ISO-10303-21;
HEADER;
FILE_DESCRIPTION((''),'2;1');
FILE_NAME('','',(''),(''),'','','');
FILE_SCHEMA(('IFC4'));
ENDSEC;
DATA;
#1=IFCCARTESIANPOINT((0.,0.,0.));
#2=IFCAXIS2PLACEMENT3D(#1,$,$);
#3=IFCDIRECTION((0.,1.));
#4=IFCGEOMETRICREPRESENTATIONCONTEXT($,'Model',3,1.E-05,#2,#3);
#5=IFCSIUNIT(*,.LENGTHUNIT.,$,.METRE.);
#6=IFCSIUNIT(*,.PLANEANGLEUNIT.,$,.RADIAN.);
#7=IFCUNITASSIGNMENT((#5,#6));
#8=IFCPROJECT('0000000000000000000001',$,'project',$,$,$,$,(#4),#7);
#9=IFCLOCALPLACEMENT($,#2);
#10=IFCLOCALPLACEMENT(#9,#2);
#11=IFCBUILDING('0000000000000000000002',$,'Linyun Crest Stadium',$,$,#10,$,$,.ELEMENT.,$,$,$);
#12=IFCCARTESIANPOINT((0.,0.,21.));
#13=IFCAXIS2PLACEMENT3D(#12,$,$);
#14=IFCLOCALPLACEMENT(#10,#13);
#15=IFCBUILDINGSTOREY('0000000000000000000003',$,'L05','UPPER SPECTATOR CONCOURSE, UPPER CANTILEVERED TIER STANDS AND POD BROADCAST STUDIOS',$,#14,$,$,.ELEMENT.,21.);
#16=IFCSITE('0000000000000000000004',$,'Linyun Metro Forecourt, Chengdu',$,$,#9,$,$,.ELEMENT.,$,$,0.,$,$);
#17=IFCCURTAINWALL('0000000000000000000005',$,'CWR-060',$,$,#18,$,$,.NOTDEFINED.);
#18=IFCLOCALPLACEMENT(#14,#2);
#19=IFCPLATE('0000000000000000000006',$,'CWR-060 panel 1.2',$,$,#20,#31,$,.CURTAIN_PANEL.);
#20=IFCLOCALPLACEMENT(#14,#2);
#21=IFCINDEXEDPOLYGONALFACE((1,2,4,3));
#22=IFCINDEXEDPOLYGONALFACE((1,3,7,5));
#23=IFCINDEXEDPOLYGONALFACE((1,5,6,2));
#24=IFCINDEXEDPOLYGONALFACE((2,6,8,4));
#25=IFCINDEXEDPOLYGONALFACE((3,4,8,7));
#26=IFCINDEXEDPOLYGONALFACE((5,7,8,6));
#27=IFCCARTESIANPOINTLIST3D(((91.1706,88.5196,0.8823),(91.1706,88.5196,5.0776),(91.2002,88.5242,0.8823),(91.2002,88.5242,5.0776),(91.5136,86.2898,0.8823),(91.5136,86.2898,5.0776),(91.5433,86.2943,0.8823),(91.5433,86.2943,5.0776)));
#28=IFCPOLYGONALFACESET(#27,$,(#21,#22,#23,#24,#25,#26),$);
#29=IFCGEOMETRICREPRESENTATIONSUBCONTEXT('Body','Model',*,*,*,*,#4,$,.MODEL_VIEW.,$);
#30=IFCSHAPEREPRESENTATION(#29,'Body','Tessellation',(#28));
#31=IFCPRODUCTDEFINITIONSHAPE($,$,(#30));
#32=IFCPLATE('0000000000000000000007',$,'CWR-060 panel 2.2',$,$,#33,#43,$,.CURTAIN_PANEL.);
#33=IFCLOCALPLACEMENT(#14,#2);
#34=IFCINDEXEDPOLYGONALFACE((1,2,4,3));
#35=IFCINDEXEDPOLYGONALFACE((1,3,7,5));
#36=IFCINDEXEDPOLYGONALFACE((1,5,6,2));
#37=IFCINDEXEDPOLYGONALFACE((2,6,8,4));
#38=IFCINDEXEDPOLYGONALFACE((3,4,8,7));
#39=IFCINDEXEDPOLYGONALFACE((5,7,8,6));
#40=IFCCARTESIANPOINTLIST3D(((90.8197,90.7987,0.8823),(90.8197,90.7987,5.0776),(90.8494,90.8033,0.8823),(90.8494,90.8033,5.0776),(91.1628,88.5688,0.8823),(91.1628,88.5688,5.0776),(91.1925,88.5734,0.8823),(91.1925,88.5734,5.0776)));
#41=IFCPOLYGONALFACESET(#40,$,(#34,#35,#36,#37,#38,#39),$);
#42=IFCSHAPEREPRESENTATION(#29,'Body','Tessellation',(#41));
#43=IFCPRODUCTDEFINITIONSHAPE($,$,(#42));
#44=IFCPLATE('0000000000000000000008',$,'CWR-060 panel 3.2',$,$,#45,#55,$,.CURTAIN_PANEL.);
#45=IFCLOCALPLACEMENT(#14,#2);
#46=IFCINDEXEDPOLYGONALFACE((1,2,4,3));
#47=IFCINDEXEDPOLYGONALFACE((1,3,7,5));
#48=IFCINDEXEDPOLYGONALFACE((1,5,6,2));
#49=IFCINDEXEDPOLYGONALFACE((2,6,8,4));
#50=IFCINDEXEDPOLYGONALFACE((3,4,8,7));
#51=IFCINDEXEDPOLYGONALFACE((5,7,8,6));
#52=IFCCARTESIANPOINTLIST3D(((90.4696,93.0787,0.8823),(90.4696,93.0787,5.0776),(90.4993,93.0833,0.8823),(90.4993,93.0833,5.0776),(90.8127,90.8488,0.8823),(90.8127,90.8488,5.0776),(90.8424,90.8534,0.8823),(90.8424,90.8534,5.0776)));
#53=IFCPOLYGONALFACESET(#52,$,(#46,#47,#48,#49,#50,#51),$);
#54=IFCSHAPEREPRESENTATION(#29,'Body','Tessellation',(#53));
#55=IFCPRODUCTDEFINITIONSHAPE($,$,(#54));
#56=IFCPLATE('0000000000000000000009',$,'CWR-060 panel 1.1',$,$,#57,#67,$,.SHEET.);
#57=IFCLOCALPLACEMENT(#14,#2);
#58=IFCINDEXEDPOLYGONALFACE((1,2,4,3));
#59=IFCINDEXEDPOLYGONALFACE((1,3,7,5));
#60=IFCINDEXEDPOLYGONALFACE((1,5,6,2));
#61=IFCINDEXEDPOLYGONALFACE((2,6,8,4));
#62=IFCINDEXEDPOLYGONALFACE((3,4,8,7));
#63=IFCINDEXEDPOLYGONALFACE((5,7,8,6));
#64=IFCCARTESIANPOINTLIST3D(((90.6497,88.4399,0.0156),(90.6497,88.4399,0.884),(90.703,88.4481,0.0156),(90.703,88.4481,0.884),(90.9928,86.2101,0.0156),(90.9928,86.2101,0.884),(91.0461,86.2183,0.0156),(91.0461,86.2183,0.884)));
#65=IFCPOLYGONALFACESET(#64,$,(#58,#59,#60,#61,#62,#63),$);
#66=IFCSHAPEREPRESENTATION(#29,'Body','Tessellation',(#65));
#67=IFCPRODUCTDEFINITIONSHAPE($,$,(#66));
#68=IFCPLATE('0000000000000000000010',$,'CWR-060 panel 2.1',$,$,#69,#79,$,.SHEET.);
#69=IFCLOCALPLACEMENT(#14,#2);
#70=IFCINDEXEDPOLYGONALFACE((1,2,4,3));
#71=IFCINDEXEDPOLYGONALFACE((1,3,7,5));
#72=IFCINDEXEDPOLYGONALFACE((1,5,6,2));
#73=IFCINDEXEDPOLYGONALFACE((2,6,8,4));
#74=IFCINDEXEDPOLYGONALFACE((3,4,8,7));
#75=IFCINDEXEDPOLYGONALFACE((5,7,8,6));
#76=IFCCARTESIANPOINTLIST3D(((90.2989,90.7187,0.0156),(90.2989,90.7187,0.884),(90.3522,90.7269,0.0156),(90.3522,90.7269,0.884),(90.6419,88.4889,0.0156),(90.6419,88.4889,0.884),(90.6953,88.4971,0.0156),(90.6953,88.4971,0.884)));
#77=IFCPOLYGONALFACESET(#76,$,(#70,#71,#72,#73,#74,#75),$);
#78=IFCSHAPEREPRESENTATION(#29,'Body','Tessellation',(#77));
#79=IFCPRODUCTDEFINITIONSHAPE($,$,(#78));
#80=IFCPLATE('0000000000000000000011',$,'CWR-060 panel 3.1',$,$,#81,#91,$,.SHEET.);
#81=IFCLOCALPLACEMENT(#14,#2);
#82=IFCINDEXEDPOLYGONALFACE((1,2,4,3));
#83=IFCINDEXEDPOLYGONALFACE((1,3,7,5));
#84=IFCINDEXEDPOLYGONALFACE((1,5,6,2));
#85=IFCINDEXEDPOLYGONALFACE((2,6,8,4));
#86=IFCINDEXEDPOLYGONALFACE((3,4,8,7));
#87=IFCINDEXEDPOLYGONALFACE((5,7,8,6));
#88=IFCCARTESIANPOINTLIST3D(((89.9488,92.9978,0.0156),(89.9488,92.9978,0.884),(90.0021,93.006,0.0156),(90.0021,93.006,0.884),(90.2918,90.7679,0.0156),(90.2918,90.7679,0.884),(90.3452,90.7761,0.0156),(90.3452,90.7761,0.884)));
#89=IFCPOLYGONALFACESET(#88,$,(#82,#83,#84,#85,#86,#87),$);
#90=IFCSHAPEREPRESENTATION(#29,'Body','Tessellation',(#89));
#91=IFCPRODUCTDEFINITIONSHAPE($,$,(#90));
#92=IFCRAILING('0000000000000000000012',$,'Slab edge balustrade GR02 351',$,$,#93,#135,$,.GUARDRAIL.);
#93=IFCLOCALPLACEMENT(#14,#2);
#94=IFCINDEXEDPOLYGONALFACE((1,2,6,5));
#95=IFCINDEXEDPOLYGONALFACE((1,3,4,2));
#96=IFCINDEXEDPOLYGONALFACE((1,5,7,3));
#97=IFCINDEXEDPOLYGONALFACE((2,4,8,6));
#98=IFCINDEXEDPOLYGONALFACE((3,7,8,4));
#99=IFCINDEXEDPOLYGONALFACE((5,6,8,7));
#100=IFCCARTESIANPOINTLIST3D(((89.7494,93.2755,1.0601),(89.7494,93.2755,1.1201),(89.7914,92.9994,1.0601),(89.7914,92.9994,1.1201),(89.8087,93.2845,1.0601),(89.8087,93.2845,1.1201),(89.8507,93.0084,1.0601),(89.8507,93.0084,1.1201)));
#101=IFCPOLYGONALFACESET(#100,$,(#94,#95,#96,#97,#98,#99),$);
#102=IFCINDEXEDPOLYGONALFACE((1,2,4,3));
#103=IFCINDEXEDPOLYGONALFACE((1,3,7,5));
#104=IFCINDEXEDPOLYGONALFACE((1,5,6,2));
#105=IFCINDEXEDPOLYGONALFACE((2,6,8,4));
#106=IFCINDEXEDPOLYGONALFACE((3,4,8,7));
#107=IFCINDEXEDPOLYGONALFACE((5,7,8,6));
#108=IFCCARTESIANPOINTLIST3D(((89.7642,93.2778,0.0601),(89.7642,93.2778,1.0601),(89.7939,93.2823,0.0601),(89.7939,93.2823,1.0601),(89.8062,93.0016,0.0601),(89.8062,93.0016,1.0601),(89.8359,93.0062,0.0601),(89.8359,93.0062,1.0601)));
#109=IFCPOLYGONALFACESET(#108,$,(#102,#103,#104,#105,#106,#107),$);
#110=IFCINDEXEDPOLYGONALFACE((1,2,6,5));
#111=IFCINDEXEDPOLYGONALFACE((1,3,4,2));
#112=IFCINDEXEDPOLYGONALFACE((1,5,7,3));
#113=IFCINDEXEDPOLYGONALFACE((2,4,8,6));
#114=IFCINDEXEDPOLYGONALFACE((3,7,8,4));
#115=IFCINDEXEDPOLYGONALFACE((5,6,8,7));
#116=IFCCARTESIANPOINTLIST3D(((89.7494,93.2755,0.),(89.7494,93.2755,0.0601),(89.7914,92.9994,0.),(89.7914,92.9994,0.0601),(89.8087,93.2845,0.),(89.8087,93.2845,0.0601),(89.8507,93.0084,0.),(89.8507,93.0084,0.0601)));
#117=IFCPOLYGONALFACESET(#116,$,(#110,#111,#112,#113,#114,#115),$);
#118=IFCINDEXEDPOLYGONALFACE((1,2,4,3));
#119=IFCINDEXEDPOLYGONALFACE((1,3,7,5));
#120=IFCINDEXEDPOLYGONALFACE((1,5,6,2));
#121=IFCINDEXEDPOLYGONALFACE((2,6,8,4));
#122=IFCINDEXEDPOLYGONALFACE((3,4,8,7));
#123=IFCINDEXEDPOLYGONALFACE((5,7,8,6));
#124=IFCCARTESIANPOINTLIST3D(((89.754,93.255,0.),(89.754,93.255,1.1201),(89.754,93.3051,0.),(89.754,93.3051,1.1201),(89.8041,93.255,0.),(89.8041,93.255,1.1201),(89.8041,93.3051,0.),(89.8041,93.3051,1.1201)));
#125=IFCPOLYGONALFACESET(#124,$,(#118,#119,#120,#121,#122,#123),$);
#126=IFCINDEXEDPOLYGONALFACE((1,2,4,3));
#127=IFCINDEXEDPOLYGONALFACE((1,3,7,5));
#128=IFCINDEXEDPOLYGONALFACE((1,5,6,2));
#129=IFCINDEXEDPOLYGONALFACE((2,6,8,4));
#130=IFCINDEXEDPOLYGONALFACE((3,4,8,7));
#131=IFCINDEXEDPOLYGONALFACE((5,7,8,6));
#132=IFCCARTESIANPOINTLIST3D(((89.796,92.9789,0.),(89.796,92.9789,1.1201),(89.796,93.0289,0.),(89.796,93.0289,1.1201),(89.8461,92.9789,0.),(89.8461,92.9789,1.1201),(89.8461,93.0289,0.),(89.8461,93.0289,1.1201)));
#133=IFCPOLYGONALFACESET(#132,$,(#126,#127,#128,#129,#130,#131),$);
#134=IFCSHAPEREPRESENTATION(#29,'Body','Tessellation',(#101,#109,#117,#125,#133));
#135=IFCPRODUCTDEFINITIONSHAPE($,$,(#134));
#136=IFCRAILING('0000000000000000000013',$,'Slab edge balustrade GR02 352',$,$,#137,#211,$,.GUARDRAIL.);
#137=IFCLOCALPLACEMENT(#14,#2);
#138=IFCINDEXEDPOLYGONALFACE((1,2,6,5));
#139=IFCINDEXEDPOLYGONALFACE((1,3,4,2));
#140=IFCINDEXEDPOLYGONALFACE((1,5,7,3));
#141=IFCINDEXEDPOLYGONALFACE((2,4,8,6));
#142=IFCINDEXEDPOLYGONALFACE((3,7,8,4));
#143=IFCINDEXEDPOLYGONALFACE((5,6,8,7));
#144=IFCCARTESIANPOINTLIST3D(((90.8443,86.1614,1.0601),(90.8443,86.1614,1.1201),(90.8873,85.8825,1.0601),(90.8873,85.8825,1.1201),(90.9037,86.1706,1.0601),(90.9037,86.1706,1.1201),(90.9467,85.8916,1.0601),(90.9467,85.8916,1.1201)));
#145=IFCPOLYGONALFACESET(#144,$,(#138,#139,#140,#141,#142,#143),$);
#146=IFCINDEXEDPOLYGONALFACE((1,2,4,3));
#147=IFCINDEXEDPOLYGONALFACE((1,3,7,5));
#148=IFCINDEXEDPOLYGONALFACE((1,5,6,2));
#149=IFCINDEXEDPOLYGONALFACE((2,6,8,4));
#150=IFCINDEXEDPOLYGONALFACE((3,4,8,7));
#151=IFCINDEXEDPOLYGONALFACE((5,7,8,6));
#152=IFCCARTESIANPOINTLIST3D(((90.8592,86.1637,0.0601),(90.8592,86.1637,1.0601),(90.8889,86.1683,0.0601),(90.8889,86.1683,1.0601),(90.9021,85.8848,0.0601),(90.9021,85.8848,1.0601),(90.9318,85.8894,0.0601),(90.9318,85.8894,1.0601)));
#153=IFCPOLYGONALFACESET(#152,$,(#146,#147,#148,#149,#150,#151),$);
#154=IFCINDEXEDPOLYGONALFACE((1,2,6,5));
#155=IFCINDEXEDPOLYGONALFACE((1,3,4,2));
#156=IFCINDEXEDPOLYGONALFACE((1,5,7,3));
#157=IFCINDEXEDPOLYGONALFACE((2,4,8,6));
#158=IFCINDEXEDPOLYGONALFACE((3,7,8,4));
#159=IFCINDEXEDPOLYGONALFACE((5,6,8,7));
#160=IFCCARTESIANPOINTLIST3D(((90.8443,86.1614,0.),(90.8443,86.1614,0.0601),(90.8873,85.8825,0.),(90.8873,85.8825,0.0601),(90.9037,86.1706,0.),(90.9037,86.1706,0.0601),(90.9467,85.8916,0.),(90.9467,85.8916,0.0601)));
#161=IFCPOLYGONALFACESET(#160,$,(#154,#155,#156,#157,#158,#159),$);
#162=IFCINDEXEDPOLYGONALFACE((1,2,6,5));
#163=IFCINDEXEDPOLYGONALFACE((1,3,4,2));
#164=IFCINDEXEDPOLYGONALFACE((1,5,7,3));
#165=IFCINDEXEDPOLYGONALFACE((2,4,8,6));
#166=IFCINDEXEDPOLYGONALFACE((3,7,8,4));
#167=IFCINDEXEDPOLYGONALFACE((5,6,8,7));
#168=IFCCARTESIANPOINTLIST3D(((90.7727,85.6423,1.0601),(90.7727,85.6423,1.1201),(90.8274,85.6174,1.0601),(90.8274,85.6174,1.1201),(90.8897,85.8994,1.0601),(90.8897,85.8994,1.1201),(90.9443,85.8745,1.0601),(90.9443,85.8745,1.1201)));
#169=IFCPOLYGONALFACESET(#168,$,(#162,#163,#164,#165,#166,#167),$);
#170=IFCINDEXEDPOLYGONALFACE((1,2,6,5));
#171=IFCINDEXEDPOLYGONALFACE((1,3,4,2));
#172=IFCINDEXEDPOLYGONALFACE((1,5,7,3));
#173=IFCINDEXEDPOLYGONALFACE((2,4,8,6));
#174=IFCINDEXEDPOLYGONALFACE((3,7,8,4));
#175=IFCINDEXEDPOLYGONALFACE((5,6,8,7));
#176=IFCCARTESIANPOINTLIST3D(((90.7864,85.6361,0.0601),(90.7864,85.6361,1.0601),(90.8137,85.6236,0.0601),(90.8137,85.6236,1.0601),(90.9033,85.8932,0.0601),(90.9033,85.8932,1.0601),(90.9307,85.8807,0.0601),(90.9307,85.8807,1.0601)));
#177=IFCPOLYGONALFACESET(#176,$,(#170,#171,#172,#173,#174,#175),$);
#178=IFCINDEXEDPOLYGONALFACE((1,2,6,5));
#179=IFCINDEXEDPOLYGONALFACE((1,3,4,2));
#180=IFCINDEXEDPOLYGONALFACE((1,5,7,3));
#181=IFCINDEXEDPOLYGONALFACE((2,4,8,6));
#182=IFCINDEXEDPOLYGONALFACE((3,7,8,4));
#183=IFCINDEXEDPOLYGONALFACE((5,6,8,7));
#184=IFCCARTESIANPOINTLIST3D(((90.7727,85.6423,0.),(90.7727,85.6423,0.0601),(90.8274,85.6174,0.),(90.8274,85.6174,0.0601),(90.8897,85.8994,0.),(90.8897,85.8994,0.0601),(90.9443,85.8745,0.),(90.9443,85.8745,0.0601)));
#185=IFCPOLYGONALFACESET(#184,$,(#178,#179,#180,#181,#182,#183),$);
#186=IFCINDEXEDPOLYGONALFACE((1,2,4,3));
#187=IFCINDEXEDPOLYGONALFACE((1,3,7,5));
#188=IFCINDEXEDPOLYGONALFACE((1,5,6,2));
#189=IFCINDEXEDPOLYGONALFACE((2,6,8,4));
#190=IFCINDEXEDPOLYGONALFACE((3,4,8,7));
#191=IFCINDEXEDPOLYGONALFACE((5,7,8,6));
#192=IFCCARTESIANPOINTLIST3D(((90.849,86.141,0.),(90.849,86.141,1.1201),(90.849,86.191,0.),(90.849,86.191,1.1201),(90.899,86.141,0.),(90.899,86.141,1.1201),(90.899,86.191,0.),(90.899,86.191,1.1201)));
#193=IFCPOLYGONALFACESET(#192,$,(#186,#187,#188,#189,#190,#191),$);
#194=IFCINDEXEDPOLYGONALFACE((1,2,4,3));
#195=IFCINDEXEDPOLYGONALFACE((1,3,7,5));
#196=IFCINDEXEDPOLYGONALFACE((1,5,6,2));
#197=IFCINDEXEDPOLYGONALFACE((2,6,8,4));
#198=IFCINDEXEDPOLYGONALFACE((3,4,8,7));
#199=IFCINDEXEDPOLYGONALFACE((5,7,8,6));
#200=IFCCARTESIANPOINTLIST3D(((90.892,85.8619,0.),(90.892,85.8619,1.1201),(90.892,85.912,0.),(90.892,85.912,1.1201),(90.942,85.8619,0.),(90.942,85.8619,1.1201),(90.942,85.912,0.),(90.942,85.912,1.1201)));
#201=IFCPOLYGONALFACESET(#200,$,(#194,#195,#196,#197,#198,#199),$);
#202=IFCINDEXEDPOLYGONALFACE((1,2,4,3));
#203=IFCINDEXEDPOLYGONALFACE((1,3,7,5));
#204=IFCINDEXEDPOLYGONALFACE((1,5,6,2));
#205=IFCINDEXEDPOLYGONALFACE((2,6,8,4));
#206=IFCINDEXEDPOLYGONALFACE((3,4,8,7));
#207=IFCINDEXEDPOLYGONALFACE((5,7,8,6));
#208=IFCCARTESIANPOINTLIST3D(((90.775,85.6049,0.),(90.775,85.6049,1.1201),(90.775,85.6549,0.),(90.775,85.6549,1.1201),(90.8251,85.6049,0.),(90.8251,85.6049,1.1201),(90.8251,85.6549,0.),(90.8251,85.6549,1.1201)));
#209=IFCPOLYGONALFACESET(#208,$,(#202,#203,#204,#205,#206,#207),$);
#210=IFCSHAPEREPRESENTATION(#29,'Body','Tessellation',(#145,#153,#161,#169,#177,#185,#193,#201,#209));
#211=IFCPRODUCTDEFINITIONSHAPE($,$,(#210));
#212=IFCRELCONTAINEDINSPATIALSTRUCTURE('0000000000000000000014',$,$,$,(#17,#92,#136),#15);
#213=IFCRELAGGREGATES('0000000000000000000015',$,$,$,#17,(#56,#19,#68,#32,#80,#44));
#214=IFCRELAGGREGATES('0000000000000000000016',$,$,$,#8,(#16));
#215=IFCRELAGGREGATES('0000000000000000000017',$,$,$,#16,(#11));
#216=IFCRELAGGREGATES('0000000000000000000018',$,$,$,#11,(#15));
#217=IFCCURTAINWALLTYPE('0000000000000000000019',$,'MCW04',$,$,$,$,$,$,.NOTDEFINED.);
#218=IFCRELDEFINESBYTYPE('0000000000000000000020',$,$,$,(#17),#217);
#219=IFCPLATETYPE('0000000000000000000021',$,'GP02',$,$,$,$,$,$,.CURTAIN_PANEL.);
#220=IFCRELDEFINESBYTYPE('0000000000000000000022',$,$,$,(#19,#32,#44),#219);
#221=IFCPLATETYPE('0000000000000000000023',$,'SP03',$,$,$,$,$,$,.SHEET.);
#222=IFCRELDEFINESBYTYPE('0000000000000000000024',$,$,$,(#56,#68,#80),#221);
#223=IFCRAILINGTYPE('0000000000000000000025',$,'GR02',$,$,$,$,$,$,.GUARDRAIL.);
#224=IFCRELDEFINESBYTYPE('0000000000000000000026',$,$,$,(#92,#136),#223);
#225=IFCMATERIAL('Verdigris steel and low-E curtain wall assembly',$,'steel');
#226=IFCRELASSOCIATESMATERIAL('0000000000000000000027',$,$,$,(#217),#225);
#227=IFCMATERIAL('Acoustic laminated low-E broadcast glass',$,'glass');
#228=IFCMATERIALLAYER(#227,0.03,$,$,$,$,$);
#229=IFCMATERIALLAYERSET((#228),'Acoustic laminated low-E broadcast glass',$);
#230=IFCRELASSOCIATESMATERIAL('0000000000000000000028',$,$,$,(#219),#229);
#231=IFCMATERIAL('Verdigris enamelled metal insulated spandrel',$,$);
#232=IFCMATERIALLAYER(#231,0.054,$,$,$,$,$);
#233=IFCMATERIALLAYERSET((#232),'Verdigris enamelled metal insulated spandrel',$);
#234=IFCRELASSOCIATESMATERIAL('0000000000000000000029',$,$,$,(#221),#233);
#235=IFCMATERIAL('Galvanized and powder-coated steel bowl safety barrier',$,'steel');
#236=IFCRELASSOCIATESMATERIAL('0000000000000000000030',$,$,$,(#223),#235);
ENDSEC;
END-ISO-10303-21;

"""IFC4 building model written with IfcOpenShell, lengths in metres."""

from ifc_helpers import new_model, si_unit, direction, frame, origin, origin_2d, place, context, subcontext, project, spatial, rectangle, extrude, material, layer, layer_set, type_object, element, aggregate, save


model = new_model("IFC4")

# Units and contexts
model_context = context("Model", 3, precision=1e-05, world=origin(), true_north=direction((0.0, 1.0)))
body_context = subcontext(model_context, "Body", "Model", "MODEL_VIEW")
ifc_project = project(units=[si_unit("LENGTHUNIT", "METRE"), si_unit("PLANEANGLEUNIT", "RADIAN")], contexts=[model_context])

# Site, building, storey
site_placement = place(None, origin())
site = spatial("IfcSite", under=ifc_project, at=site_placement, Name="Linyun Metro Forecourt, Chengdu", CompositionType="ELEMENT", RefElevation=0.0)
building_placement = place(site_placement, origin())
building = spatial("IfcBuilding", under=site, at=building_placement, Name="Linyun Crest Stadium", CompositionType="ELEMENT")
storey_placement = place(building_placement, frame((0.0, 0.0, 21.0)))
storey = spatial("IfcBuildingStorey", under=building, at=storey_placement, Name="L05", Description="UPPER SPECTATOR CONCOURSE, UPPER CANTILEVERED TIER STANDS AND POD BROADCAST STUDIOS", CompositionType="ELEMENT", Elevation=21.0)

# Shared definitions
ifc_material_1 = material(Name="Verdigris steel and low-E curtain wall assembly", Category="steel")
curtain_wall_type = type_object("IfcCurtainWallType", Name="MCW04", PredefinedType="NOTDEFINED", material=ifc_material_1)

# Curtain wall, plates
curtain_wall_1_placement = place(storey_placement, origin())
curtain_wall_1 = element("IfcCurtainWall", 1, at=curtain_wall_1_placement, inside=storey, type_object=curtain_wall_type, Name="CWR-060", PredefinedType="NOTDEFINED")
ifc_material_2 = material(Name="Acoustic laminated low-E broadcast glass", Category="glass")
ifc_layer_1 = layer(ifc_material_2, 0.03)
ifc_layer_set_1 = layer_set([ifc_layer_1], Name="Acoustic laminated low-E broadcast glass")
plate_type_1 = type_object("IfcPlateType", Name="GP02", PredefinedType="CURTAIN_PANEL", material=ifc_layer_set_1)
plate_1_placement = place(storey_placement, frame((91.3569, 87.407, 0.8823), z_axis=(0.0, 0.0, 1.0), x_axis=(-0.152054, 0.988372, 0.0)))
plate_1 = element("IfcPlate", 2, at=plate_1_placement, type_object=plate_type_1, Name="CWR-060 panel 1.2", PredefinedType="CURTAIN_PANEL", context=body_context, shape_type="SweptSolid", body=[
    extrude(rectangle(XDim=2.2561, YDim=0.03, at=origin_2d()), origin(), (0.0, 0.0, 1.0), 4.1953),
])
plate_2_placement = place(storey_placement, frame((91.0061, 89.686, 0.8823), z_axis=(0.0, 0.0, 1.0), x_axis=(-0.152054, 0.988372, 0.0)))
plate_2 = element("IfcPlate", 3, at=plate_2_placement, type_object=plate_type_1, Name="CWR-060 panel 2.2", PredefinedType="CURTAIN_PANEL", context=body_context, shape_type="SweptSolid", body=[
    extrude(rectangle(XDim=2.2561, YDim=0.03, at=origin_2d()), origin(), (0.0, 0.0, 1.0), 4.1953),
])
plate_3_placement = place(storey_placement, frame((90.656, 91.9661, 0.8823), z_axis=(0.0, 0.0, 1.0), x_axis=(-0.152054, 0.988372, 0.0)))
plate_3 = element("IfcPlate", 4, at=plate_3_placement, type_object=plate_type_1, Name="CWR-060 panel 3.2", PredefinedType="CURTAIN_PANEL", context=body_context, shape_type="SweptSolid", body=[
    extrude(rectangle(XDim=2.2561, YDim=0.03, at=origin_2d()), origin(), (0.0, 0.0, 1.0), 4.1953),
])
ifc_material_3 = material(Name="Verdigris enamelled metal insulated spandrel")
ifc_layer_2 = layer(ifc_material_3, 0.054)
ifc_layer_set_2 = layer_set([ifc_layer_2], Name="Verdigris enamelled metal insulated spandrel")
plate_type_2 = type_object("IfcPlateType", Name="SP03", PredefinedType="SHEET", material=ifc_layer_set_2)
plate_4_placement = place(storey_placement, frame((90.8479, 87.3291, 0.0156), z_axis=(0.0, 0.0, 1.0), x_axis=(-0.152054, 0.988372, 0.0)))
plate_4 = element("IfcPlate", 5, at=plate_4_placement, type_object=plate_type_2, Name="CWR-060 panel 1.1", PredefinedType="SHEET", context=body_context, shape_type="SweptSolid", body=[
    extrude(rectangle(XDim=2.2561, YDim=0.054, at=origin_2d()), origin(), (0.0, 0.0, 1.0), 0.8684),
])
plate_5_placement = place(storey_placement, frame((90.4971, 89.6079, 0.0156), z_axis=(0.0, 0.0, 1.0), x_axis=(-0.152054, 0.988372, 0.0)))
plate_5 = element("IfcPlate", 6, at=plate_5_placement, type_object=plate_type_2, Name="CWR-060 panel 2.1", PredefinedType="SHEET", context=body_context, shape_type="SweptSolid", body=[
    extrude(rectangle(XDim=2.2561, YDim=0.054, at=origin_2d()), origin(), (0.0, 0.0, 1.0), 0.8684),
])
plate_6_placement = place(storey_placement, frame((90.147, 91.887, 0.0156), z_axis=(0.0, 0.0, 1.0), x_axis=(-0.152054, 0.988372, 0.0)))
plate_6 = element("IfcPlate", 7, at=plate_6_placement, type_object=plate_type_2, Name="CWR-060 panel 3.1", PredefinedType="SHEET", context=body_context, shape_type="SweptSolid", body=[
    extrude(rectangle(XDim=2.2561, YDim=0.054, at=origin_2d()), origin(), (0.0, 0.0, 1.0), 0.8684),
])
aggregate(curtain_wall_1, [plate_4, plate_1, plate_5, plate_2, plate_6, plate_3])

# Railings
ifc_material_4 = material(Name="Galvanized and powder-coated steel bowl safety barrier", Category="steel")
railing_type = type_object("IfcRailingType", Name="GR02", PredefinedType="GUARDRAIL", material=ifc_material_4)
railing_1_placement = place(storey_placement, frame((89.7791, 93.28, 0.0)))
element("IfcRailing", 8, at=railing_1_placement, inside=storey, type_object=railing_type, Name="Slab edge balustrade GR02 351", PredefinedType="GUARDRAIL", context=body_context, shape_type="SweptSolid", body=[
    extrude(rectangle(XDim=0.0601, YDim=0.0601, at=origin_2d()), frame((0.0, 0.0, 1.0901), z_axis=(0.150349, -0.988633, 0.0), x_axis=(0.988633, 0.150349, 0.0)), (0.0, 0.0, 1.0), 0.2793),
    extrude(rectangle(XDim=0.03, YDim=1.0, at=origin_2d()), frame((0.0, 0.0, 0.5601), z_axis=(0.150349, -0.988633, 0.0), x_axis=(0.988633, 0.150349, 0.0)), (0.0, 0.0, 1.0), 0.2793),
    extrude(rectangle(XDim=0.0601, YDim=0.0601, at=origin_2d()), frame((0.0, 0.0, 0.03), z_axis=(0.150349, -0.988633, 0.0), x_axis=(0.988633, 0.150349, 0.0)), (0.0, 0.0, 1.0), 0.2793),
    extrude(rectangle(XDim=0.05, YDim=0.05, at=origin_2d()), origin(), (0.0, 0.0, 1.0), 1.1201),
    extrude(rectangle(XDim=0.05, YDim=0.05, at=origin_2d()), frame((0.042, -0.2761, 0.0)), (0.0, 0.0, 1.0), 1.1201),
])
railing_2_placement = place(storey_placement, frame((90.874, 86.166, 0.0)))
element("IfcRailing", 9, at=railing_2_placement, inside=storey, type_object=railing_type, Name="Slab edge balustrade GR02 352", PredefinedType="GUARDRAIL", context=body_context, shape_type="SweptSolid", body=[
    extrude(rectangle(XDim=0.0601, YDim=0.0601, at=origin_2d()), frame((0.0, 0.0, 1.0901), z_axis=(0.152187, -0.988352, 0.0), x_axis=(0.988352, 0.152187, 0.0)), (0.0, 0.0, 1.0), 0.2822),
    extrude(rectangle(XDim=0.03, YDim=1.0, at=origin_2d()), frame((0.0, 0.0, 0.5601), z_axis=(0.152187, -0.988352, 0.0), x_axis=(0.988352, 0.152187, 0.0)), (0.0, 0.0, 1.0), 0.2822),
    extrude(rectangle(XDim=0.0601, YDim=0.0601, at=origin_2d()), frame((0.0, 0.0, 0.03), z_axis=(0.152187, -0.988352, 0.0), x_axis=(0.988352, 0.152187, 0.0)), (0.0, 0.0, 1.0), 0.2822),
    extrude(rectangle(XDim=0.0601, YDim=0.0601, at=origin_2d()), frame((0.043, -0.2791, 1.0901), z_axis=(-0.414063, -0.910248, 0.0), x_axis=(0.910248, -0.414063, 0.0)), (0.0, 0.0, 1.0), 0.2825),
    extrude(rectangle(XDim=0.03, YDim=1.0, at=origin_2d()), frame((0.043, -0.2791, 0.5601), z_axis=(-0.414063, -0.910248, 0.0), x_axis=(0.910248, -0.414063, 0.0)), (0.0, 0.0, 1.0), 0.2825),
    extrude(rectangle(XDim=0.0601, YDim=0.0601, at=origin_2d()), frame((0.043, -0.2791, 0.03), z_axis=(-0.414063, -0.910248, 0.0), x_axis=(0.910248, -0.414063, 0.0)), (0.0, 0.0, 1.0), 0.2825),
    extrude(rectangle(XDim=0.05, YDim=0.05, at=origin_2d()), origin(), (0.0, 0.0, 1.0), 1.1201),
    extrude(rectangle(XDim=0.05, YDim=0.05, at=origin_2d()), frame((0.043, -0.2791, 0.0)), (0.0, 0.0, 1.0), 1.1201),
    extrude(rectangle(XDim=0.05, YDim=0.05, at=origin_2d()), frame((-0.074, -0.5361, 0.0)), (0.0, 0.0, 1.0), 1.1201),
])

save(model, "model.ifc")
